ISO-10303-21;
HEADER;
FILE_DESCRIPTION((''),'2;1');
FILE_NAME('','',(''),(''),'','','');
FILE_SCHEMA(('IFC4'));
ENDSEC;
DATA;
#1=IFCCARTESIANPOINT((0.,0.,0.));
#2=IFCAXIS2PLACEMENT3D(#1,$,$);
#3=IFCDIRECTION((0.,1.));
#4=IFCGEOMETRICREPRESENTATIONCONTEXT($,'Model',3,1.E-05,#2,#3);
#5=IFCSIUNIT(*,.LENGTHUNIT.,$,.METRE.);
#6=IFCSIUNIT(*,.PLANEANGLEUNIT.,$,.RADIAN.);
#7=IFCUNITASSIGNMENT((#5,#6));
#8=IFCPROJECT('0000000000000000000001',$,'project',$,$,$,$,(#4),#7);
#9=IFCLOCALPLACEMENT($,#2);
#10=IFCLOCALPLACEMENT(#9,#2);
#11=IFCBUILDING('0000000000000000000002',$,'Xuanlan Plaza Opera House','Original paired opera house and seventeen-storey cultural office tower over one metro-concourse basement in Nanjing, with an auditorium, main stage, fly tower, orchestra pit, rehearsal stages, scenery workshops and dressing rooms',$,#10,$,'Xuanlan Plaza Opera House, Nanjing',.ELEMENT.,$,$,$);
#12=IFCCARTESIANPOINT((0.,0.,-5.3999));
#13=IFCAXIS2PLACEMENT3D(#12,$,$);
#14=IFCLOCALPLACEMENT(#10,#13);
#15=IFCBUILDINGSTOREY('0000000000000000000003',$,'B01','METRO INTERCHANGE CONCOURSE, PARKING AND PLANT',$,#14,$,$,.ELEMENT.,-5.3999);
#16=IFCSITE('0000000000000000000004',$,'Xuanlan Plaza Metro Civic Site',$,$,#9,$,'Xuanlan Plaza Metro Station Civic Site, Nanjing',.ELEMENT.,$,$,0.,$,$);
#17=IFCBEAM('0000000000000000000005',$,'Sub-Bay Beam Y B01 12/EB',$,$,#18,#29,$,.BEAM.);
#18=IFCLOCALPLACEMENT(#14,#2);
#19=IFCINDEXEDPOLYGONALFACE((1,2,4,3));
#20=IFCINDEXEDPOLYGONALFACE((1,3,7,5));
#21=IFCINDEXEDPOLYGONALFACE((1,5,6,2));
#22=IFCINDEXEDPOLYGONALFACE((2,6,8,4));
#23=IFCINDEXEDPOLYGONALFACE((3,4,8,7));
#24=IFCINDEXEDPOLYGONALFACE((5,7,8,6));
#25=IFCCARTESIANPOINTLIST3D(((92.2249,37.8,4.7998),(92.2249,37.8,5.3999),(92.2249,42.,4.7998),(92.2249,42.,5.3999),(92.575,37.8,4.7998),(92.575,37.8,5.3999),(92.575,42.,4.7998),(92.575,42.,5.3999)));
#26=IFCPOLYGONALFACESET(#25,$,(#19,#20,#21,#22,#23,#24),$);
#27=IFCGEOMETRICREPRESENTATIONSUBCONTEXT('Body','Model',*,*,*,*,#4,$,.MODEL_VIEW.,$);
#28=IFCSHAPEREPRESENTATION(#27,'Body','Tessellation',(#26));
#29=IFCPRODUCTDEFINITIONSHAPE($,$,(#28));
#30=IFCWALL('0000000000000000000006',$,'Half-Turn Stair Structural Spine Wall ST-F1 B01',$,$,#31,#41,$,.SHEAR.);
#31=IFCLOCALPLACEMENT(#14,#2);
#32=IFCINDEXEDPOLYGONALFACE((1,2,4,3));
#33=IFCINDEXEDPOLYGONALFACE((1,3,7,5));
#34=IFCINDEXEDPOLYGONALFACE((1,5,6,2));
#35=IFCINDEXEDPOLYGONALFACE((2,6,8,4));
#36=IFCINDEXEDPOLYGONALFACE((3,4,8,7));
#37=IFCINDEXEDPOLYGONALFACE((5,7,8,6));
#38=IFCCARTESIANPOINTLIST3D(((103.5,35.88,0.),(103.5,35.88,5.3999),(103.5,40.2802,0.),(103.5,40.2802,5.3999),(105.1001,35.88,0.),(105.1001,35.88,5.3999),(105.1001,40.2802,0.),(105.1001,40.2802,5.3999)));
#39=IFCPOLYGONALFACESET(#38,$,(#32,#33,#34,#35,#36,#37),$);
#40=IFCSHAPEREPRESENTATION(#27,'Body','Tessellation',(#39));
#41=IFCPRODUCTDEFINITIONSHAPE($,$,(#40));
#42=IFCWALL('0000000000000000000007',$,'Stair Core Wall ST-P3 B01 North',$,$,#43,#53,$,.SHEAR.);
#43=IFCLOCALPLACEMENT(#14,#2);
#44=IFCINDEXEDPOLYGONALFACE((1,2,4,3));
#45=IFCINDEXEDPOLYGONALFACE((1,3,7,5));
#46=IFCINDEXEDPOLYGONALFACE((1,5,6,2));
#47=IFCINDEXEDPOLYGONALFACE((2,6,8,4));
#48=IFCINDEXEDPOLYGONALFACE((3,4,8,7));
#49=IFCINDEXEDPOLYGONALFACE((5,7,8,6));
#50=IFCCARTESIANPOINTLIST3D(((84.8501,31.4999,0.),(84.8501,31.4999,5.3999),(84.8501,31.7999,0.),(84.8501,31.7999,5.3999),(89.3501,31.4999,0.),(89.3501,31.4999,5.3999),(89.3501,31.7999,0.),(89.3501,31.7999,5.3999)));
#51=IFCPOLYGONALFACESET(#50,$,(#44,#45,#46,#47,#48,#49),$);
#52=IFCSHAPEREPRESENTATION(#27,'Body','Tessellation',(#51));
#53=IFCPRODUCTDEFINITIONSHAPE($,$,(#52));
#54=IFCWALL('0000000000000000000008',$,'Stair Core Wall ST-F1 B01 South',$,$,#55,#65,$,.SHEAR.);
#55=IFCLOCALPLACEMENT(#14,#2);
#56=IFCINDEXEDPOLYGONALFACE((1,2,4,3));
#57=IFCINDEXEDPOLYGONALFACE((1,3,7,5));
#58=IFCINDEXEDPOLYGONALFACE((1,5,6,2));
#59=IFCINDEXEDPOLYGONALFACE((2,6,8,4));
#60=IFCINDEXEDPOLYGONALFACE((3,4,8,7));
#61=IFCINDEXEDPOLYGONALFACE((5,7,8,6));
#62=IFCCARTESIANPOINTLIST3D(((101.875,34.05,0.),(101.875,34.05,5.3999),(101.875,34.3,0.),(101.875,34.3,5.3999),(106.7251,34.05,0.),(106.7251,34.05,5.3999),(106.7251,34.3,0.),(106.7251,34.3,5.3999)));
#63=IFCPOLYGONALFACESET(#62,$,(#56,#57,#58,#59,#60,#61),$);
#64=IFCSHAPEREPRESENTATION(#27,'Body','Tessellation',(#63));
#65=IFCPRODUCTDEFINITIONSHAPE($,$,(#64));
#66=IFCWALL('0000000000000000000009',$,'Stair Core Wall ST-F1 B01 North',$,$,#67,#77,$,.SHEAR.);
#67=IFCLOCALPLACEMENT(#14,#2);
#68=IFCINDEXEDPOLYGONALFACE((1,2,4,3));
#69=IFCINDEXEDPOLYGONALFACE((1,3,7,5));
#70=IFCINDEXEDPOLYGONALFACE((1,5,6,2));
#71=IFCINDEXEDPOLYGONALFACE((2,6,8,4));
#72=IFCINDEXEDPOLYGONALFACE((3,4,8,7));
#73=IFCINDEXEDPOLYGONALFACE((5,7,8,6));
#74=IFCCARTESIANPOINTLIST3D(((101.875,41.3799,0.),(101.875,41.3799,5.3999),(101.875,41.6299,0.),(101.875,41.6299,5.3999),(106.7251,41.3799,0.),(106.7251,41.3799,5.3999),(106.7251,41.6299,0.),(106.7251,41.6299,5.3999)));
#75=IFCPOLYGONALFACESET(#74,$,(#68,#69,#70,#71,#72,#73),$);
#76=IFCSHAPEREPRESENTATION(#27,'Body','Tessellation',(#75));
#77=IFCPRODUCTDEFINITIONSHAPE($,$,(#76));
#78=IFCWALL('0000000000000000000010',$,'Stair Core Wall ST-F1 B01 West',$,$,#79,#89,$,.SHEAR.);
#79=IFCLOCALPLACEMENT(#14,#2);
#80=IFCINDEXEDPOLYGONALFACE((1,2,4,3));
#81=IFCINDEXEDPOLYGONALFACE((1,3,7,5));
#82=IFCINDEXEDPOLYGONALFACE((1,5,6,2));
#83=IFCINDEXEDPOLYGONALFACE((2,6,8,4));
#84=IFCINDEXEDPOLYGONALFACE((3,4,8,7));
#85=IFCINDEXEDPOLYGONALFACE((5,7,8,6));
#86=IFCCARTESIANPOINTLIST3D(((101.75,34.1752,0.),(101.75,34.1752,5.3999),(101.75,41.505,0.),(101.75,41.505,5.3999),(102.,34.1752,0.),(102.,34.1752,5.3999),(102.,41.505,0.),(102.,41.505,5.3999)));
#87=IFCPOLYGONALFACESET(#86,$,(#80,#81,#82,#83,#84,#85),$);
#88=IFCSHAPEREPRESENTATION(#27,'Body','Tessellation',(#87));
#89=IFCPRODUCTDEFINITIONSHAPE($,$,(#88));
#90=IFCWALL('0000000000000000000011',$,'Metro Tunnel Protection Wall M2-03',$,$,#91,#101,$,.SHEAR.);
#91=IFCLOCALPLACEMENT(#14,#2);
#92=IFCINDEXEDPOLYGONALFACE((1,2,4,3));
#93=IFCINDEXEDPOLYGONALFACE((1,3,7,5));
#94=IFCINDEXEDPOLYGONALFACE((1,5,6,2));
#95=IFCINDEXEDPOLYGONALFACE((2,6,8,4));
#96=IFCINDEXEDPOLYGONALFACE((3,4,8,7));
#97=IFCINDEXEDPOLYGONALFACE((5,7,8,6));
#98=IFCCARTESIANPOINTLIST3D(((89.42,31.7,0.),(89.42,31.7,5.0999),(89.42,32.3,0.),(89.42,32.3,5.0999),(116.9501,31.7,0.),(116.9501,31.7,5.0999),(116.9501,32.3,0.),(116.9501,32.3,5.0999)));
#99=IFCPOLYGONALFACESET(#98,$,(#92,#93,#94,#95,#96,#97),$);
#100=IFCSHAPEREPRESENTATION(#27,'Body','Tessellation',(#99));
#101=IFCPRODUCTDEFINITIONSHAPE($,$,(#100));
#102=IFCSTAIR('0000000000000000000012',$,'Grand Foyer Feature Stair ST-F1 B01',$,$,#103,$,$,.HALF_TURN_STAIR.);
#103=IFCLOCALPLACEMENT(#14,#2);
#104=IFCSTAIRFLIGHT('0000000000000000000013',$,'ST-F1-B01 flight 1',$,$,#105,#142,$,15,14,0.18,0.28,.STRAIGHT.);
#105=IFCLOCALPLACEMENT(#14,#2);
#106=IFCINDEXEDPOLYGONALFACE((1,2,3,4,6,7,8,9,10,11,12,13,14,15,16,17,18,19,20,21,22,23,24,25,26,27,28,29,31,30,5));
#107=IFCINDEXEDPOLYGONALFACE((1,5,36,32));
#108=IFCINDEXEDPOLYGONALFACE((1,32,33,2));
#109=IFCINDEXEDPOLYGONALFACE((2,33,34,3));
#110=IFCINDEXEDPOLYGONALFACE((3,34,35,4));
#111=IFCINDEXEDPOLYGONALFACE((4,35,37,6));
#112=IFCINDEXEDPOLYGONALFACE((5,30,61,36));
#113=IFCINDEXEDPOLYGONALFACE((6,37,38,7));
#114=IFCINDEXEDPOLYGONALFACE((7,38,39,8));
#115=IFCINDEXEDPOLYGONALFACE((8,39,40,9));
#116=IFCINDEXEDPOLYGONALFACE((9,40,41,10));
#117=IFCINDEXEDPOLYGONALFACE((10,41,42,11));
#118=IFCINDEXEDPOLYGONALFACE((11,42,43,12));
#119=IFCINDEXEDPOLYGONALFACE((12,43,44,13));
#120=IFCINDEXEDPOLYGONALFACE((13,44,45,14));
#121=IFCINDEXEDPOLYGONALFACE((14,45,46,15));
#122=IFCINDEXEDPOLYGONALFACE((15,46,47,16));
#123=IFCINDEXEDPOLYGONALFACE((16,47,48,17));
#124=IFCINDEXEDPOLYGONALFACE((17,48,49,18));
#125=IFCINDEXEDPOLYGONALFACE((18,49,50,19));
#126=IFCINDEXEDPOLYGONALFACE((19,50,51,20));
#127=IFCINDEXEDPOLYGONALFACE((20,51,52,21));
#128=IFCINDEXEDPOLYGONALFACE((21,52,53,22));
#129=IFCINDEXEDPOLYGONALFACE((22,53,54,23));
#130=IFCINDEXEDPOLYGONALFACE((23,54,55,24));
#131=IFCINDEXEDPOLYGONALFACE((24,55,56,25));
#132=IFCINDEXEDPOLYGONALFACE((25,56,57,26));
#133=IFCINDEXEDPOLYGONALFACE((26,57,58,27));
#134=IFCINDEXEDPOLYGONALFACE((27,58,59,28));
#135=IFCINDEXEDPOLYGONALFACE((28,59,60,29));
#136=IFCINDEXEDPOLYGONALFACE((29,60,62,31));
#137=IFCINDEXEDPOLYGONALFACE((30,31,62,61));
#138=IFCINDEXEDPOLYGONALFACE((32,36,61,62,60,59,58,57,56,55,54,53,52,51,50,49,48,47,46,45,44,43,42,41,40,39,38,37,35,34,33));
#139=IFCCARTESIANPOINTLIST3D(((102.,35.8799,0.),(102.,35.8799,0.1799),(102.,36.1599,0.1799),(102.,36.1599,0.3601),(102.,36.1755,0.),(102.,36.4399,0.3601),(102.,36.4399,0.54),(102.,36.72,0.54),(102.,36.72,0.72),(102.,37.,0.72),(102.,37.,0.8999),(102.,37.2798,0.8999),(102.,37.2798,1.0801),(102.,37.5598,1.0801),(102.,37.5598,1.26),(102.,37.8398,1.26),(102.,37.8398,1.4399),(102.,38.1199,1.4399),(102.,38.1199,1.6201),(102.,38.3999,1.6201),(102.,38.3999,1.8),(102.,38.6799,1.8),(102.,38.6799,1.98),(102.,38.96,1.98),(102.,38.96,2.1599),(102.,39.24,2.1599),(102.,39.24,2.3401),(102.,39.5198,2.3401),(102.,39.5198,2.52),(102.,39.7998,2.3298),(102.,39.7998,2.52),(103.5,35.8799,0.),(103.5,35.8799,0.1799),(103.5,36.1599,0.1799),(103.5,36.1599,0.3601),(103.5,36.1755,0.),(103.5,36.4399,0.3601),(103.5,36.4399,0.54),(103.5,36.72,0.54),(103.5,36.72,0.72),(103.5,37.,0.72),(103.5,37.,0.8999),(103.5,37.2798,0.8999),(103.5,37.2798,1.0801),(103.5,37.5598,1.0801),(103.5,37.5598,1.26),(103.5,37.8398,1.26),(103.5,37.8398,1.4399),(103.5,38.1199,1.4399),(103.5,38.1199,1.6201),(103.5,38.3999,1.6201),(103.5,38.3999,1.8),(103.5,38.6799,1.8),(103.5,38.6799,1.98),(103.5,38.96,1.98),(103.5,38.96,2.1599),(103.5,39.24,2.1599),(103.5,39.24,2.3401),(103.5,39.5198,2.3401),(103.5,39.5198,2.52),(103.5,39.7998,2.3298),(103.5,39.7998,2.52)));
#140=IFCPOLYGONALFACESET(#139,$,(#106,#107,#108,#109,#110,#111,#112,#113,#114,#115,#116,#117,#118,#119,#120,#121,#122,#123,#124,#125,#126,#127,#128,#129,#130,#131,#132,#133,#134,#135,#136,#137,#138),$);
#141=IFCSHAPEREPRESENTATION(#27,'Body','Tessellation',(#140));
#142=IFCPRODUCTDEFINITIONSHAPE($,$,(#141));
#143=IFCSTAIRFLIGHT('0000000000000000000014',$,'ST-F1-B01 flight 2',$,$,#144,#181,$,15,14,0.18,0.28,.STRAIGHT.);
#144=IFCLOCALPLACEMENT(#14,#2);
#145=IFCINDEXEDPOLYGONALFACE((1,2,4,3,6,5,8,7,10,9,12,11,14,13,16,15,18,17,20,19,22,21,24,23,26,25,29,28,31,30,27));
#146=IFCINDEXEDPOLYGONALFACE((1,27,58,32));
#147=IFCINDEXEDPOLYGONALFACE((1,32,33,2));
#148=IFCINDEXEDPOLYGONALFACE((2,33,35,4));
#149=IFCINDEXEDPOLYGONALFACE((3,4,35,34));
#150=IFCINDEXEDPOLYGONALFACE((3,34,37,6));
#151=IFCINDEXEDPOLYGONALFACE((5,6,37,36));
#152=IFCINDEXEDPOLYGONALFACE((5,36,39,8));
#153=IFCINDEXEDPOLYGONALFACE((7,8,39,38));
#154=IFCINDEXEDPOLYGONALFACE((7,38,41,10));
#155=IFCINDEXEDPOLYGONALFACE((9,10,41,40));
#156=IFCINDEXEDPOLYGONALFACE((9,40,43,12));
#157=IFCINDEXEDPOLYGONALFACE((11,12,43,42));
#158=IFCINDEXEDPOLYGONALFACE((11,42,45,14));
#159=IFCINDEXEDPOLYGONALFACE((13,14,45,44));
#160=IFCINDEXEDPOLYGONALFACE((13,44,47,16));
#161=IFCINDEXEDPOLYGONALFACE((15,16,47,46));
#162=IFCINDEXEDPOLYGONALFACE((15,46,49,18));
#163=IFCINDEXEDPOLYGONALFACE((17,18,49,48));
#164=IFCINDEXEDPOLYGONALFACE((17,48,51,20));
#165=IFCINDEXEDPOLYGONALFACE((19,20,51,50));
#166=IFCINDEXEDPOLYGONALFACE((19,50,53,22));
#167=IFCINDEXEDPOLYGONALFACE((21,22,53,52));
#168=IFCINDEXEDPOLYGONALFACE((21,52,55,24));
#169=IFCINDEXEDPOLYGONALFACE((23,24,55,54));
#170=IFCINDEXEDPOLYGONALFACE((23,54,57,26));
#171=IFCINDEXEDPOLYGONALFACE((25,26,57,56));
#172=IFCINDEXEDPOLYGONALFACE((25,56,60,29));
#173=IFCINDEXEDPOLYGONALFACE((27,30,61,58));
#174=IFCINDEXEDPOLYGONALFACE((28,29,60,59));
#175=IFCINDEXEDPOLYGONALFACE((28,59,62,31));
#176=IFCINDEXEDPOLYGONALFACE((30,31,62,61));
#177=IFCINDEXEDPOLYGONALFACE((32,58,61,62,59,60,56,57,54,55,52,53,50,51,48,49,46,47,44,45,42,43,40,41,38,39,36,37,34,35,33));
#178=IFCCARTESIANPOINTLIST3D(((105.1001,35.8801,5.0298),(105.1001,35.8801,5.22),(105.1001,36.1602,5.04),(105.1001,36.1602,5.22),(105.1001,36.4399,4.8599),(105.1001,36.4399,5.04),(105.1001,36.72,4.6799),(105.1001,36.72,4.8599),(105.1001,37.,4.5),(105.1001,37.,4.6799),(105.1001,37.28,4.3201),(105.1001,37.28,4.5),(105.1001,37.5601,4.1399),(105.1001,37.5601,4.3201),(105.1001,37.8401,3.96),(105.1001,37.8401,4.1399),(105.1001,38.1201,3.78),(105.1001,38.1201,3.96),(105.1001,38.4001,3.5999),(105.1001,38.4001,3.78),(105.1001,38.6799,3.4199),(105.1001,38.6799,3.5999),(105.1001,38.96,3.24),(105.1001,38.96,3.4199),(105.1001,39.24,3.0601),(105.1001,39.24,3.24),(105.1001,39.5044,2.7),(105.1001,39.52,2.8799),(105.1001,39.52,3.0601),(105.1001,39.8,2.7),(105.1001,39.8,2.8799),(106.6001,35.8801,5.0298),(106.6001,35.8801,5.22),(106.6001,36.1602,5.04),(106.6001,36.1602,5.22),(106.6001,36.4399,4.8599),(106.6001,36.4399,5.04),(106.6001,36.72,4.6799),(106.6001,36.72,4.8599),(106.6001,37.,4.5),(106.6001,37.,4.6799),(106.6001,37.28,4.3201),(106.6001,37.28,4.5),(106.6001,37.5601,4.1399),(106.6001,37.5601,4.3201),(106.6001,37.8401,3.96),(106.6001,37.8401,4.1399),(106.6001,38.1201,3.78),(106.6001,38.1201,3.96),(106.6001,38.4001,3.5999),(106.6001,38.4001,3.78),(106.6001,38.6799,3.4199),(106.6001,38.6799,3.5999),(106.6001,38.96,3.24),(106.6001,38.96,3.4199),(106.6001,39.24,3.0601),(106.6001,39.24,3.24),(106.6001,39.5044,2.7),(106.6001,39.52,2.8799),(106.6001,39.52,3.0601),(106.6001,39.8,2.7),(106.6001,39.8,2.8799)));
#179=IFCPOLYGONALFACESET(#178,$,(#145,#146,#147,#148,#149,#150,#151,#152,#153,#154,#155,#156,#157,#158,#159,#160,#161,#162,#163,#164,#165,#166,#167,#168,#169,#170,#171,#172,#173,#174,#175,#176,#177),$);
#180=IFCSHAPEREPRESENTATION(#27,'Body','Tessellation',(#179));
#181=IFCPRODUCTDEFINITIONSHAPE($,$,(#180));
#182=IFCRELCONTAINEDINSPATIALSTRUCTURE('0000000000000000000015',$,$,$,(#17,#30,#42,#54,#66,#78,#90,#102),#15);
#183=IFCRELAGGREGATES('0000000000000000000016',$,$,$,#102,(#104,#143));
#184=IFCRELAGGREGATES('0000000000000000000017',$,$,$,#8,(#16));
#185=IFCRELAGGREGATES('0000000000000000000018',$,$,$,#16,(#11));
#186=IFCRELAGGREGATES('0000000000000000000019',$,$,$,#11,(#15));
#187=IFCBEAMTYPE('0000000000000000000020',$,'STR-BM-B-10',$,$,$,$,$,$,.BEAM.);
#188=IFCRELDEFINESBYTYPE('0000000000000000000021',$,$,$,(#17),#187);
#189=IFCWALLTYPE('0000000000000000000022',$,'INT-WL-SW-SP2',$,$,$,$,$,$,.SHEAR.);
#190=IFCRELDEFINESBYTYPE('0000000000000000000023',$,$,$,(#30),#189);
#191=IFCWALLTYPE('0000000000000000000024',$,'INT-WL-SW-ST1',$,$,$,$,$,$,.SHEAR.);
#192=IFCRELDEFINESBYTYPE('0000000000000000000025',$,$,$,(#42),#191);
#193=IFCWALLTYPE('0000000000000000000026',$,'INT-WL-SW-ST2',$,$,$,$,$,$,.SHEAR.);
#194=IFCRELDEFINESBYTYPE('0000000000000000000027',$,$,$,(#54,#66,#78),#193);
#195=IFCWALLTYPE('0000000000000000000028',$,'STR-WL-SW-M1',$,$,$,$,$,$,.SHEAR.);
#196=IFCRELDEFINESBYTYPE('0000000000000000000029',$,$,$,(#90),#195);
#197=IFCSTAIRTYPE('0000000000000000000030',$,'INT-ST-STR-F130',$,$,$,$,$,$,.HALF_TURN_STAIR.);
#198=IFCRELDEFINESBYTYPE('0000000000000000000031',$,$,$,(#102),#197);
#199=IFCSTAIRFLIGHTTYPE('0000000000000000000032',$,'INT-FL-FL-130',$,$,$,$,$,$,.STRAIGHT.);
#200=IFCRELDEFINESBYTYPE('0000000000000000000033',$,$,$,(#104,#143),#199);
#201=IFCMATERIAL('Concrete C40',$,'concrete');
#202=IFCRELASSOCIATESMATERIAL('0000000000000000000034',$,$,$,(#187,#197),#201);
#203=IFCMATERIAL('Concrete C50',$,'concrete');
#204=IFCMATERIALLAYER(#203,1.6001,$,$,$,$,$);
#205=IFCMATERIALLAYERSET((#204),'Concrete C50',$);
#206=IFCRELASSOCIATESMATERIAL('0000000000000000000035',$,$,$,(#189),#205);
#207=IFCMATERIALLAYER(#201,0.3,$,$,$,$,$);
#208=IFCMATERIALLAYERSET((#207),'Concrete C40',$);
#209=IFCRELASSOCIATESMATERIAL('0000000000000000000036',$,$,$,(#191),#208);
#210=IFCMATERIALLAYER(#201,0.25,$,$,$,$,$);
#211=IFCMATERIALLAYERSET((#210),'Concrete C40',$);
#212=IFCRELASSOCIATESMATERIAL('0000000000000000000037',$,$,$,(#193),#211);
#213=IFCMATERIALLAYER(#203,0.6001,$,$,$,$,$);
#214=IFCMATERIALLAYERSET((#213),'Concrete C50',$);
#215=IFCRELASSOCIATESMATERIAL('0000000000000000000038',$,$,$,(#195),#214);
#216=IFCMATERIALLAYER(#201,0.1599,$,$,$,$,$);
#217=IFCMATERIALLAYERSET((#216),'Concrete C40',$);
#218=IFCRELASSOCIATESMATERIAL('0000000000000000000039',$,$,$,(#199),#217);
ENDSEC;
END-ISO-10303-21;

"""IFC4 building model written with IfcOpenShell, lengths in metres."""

from ifc_helpers import new_model, si_unit, direction, frame, frame_2d, origin, origin_2d, place, context, subcontext, project, spatial, polyline, rectangle, outline, extrude, material, layer, layer_set, material_profile, profile_set, type_object, element, aggregate, save


model = new_model("IFC4")

# Units and contexts
model_context = context("Model", 3, precision=1e-05, world=origin(), true_north=direction((0.0, 1.0)))
body_context = subcontext(model_context, "Body", "Model", "MODEL_VIEW")
ifc_project = project(units=[si_unit("LENGTHUNIT", "METRE"), si_unit("PLANEANGLEUNIT", "RADIAN")], contexts=[model_context])

# Site, building, storey
site_placement = place(None, origin())
site = spatial("IfcSite", under=ifc_project, at=site_placement, Name="Xuanlan Plaza Metro Civic Site", LongName="Xuanlan Plaza Metro Station Civic Site, Nanjing", CompositionType="ELEMENT", RefElevation=0.0)
building_placement = place(site_placement, origin())
building = spatial("IfcBuilding", under=site, at=building_placement, Name="Xuanlan Plaza Opera House", Description="Original paired opera house and seventeen-storey cultural office tower over one metro-concourse basement in Nanjing, with an auditorium, main stage, fly tower, orchestra pit, rehearsal stages, scenery workshops and dressing rooms", LongName="Xuanlan Plaza Opera House, Nanjing", CompositionType="ELEMENT")
storey_placement = place(building_placement, frame((0.0, 0.0, -5.3999)))
storey = spatial("IfcBuildingStorey", under=building, at=storey_placement, Name="B01", Description="METRO INTERCHANGE CONCOURSE, PARKING AND PLANT", CompositionType="ELEMENT", Elevation=-5.3999)

# Shared definitions
ifc_material_1 = material(Name="Concrete C50", Category="concrete")
ifc_material_2 = material(Name="Concrete C40", Category="concrete")

# Beam
ifc_material_profile_1 = material_profile(ifc_material_2, rectangle(XDim=0.3501, YDim=0.6001, at=origin_2d()), Name="RC-BM 350x600")
ifc_profile_set_1 = profile_set([ifc_material_profile_1], Name="Concrete C40")
beam_type_1 = type_object("IfcBeamType", Name="STR-BM-B-10", PredefinedType="BEAM", material=ifc_profile_set_1)
for number, where, z_axis, x_axis, name in (
    (1, (92.3999, 37.8, 5.0999), (0.0, 1.0, 0.0), (-1.0, 0.0, 0.0), "Sub-Bay Beam Y B01 12/EB"),
):
    element("IfcBeam", number, at=place(storey_placement, frame(where, z_axis=z_axis, x_axis=x_axis)), inside=storey, type_object=beam_type_1, Name=name, PredefinedType="BEAM", context=body_context, shape_type="SweptSolid", body=[
        extrude(rectangle(XDim=0.3501, YDim=0.6001, at=origin_2d()), origin(), (0.0, 0.0, 1.0), 4.2),
    ])

# Walls
ifc_layer_1 = layer(ifc_material_1, 1.6001)
ifc_layer_set_1 = layer_set([ifc_layer_1], Name="Concrete C50")
wall_type_1 = type_object("IfcWallType", Name="INT-WL-SW-SP2", PredefinedType="SHEAR", material=ifc_layer_set_1)
wall_1_placement = place(storey_placement, frame((104.3, 35.8799, 0.0), z_axis=(0.0, 0.0, 1.0), x_axis=(0.0, 1.0, 0.0)))
element("IfcWall", 2, at=wall_1_placement, inside=storey, type_object=wall_type_1, Name="Half-Turn Stair Structural Spine Wall ST-F1 B01", PredefinedType="SHEAR", context=body_context, shape_type="SweptSolid", body=[
    extrude(rectangle(XDim=4.4001, YDim=1.6001, at=frame_2d((2.2002, 0.0))), origin(), (0.0, 0.0, 1.0), 5.3999),
])
ifc_layer_2 = layer(ifc_material_2, 0.3)
ifc_layer_set_2 = layer_set([ifc_layer_2], Name="Concrete C40")
wall_type_2 = type_object("IfcWallType", Name="INT-WL-SW-ST1", PredefinedType="SHEAR", material=ifc_layer_set_2)
wall_2_placement = place(storey_placement, frame((84.8501, 31.6499, 0.0), z_axis=(0.0, 0.0, 1.0), x_axis=(1.0, 0.0, 0.0)))
element("IfcWall", 3, at=wall_2_placement, inside=storey, type_object=wall_type_2, Name="Stair Core Wall ST-P3 B01 North", PredefinedType="SHEAR", context=body_context, shape_type="SweptSolid", body=[
    extrude(rectangle(XDim=4.5, YDim=0.3, at=frame_2d((2.25, 0.0))), origin(), (0.0, 0.0, 1.0), 5.3999),
])
ifc_layer_3 = layer(ifc_material_2, 0.25)
ifc_layer_set_3 = layer_set([ifc_layer_3], Name="Concrete C40")
wall_type_3 = type_object("IfcWallType", Name="INT-WL-SW-ST2", PredefinedType="SHEAR", material=ifc_layer_set_3)
for number, where, z_axis, x_axis, name in (
    (4, (101.875, 34.175, 0.0), (0.0, 0.0, 1.0), (1.0, 0.0, 0.0), "Stair Core Wall ST-F1 B01 South"),
    (5, (101.875, 41.5049, 0.0), (0.0, 0.0, 1.0), (1.0, 0.0, 0.0), "Stair Core Wall ST-F1 B01 North"),
):
    element("IfcWall", number, at=place(storey_placement, frame(where, z_axis=z_axis, x_axis=x_axis)), inside=storey, type_object=wall_type_3, Name=name, PredefinedType="SHEAR", context=body_context, shape_type="SweptSolid", body=[
        extrude(rectangle(XDim=4.8501, YDim=0.25, at=frame_2d((2.425, 0.0))), origin(), (0.0, 0.0, 1.0), 5.3999),
    ])
wall_3_placement = place(storey_placement, frame((101.875, 34.175, 0.0), z_axis=(0.0, 0.0, 1.0), x_axis=(0.0, 1.0, 0.0)))
element("IfcWall", 6, at=wall_3_placement, inside=storey, type_object=wall_type_3, Name="Stair Core Wall ST-F1 B01 West", PredefinedType="SHEAR", context=body_context, shape_type="SweptSolid", body=[
    extrude(rectangle(XDim=7.3298, YDim=0.25, at=frame_2d((3.665, 0.0))), origin(), (0.0, 0.0, 1.0), 5.3999),
])
ifc_layer_4 = layer(ifc_material_1, 0.6001)
ifc_layer_set_4 = layer_set([ifc_layer_4], Name="Concrete C50")
wall_type_4 = type_object("IfcWallType", Name="STR-WL-SW-M1", PredefinedType="SHEAR", material=ifc_layer_set_4)
wall_4_placement = place(storey_placement, frame((89.4199, 32.0, 0.0), z_axis=(0.0, 0.0, 1.0), x_axis=(1.0, 0.0, 0.0)))
element("IfcWall", 7, at=wall_4_placement, inside=storey, type_object=wall_type_4, Name="Metro Tunnel Protection Wall M2-03", PredefinedType="SHEAR", context=body_context, shape_type="SweptSolid", body=[
    extrude(rectangle(XDim=27.53, YDim=0.6001, at=frame_2d((13.7651, 0.0))), origin(), (0.0, 0.0, 1.0), 5.0999),
])

# Stair, stair flights
stair_type = type_object("IfcStairType", Name="INT-ST-STR-F130", PredefinedType="HALF_TURN_STAIR", material=ifc_material_2)
stair_placement = place(storey_placement, origin())
stair = element("IfcStair", 8, at=stair_placement, inside=storey, type_object=stair_type, Name="Grand Foyer Feature Stair ST-F1 B01", PredefinedType="HALF_TURN_STAIR")
ifc_layer_5 = layer(ifc_material_2, 0.1599)
ifc_layer_set_5 = layer_set([ifc_layer_5], Name="Concrete C40")
stair_flight_type = type_object("IfcStairFlightType", Name="INT-FL-FL-130", PredefinedType="STRAIGHT", material=ifc_layer_set_5)
stair_flight_1_placement = place(storey_placement, frame((102.75, 35.8799, 0.0), z_axis=(0.0, 0.0, 1.0), x_axis=(0.0, 1.0, 0.0)))
stair_flight_1 = element("IfcStairFlight", 9, at=stair_flight_1_placement, type_object=stair_flight_type, Name="ST-F1-B01 flight 1", NumberOfRisers=15, NumberOfTreads=14, PredefinedType="STRAIGHT", RiserHeight=0.18, TreadLength=0.28, context=body_context, shape_type="SweptSolid", body=[
    extrude(outline(polyline([(0.0, 0.0), (0.0, 0.1799), (0.28, 0.1799), (0.28, 0.3601), (0.5601, 0.3601), (0.5601, 0.54), (0.8401, 0.54), (0.8401, 0.72), (1.1201, 0.72), (1.1201, 0.8999), (1.3999, 0.8999), (1.3999, 1.0801), (1.6799, 1.0801), (1.6799, 1.26), (1.96, 1.26), (1.96, 1.4399), (2.24, 1.4399), (2.24, 1.6201), (2.52, 1.6201), (2.52, 1.8), (2.8, 1.8), (2.8, 1.98), (3.0801, 1.98), (3.0801, 2.1599), (3.3601, 2.1599), (3.3601, 2.3401), (3.6399, 2.3401), (3.6399, 2.52), (3.9199, 2.52), (3.9199, 2.7), (3.9199, 2.3298), (0.2957, 0.0), (0.0, 0.0)])), frame((0.0, 0.75, 0.0), z_axis=(0.0, -1.0, 0.0), x_axis=(1.0, 0.0, 0.0)), (0.0, 0.0, 1.0), 1.5),
])
stair_flight_2_placement = place(storey_placement, frame((105.8501, 39.8, 2.7), z_axis=(0.0, 0.0, 1.0), x_axis=(0.0, -1.0, 0.0)))
stair_flight_2 = element("IfcStairFlight", 10, at=stair_flight_2_placement, type_object=stair_flight_type, Name="ST-F1-B01 flight 2", NumberOfRisers=15, NumberOfTreads=14, PredefinedType="STRAIGHT", RiserHeight=0.18, TreadLength=0.28, context=body_context, shape_type="SweptSolid", body=[
    extrude(outline(polyline([(0.0, 0.0), (0.0, 0.1799), (0.28, 0.1799), (0.28, 0.3601), (0.5601, 0.3601), (0.5601, 0.54), (0.8401, 0.54), (0.8401, 0.72), (1.1201, 0.72), (1.1201, 0.8999), (1.3999, 0.8999), (1.3999, 1.0801), (1.6799, 1.0801), (1.6799, 1.26), (1.96, 1.26), (1.96, 1.4399), (2.24, 1.4399), (2.24, 1.6201), (2.52, 1.6201), (2.52, 1.8), (2.8, 1.8), (2.8, 1.98), (3.0801, 1.98), (3.0801, 2.1599), (3.3601, 2.1599), (3.3601, 2.3401), (3.6399, 2.3401), (3.6399, 2.52), (3.9199, 2.52), (3.9199, 2.7), (3.9199, 2.3298), (0.2957, 0.0), (0.0, 0.0)])), frame((0.0, 0.75, 0.0), z_axis=(0.0, -1.0, 0.0), x_axis=(1.0, 0.0, 0.0)), (0.0, 0.0, 1.0), 1.5),
])
aggregate(stair, [stair_flight_1, stair_flight_2])

save(model, "model.ifc")
